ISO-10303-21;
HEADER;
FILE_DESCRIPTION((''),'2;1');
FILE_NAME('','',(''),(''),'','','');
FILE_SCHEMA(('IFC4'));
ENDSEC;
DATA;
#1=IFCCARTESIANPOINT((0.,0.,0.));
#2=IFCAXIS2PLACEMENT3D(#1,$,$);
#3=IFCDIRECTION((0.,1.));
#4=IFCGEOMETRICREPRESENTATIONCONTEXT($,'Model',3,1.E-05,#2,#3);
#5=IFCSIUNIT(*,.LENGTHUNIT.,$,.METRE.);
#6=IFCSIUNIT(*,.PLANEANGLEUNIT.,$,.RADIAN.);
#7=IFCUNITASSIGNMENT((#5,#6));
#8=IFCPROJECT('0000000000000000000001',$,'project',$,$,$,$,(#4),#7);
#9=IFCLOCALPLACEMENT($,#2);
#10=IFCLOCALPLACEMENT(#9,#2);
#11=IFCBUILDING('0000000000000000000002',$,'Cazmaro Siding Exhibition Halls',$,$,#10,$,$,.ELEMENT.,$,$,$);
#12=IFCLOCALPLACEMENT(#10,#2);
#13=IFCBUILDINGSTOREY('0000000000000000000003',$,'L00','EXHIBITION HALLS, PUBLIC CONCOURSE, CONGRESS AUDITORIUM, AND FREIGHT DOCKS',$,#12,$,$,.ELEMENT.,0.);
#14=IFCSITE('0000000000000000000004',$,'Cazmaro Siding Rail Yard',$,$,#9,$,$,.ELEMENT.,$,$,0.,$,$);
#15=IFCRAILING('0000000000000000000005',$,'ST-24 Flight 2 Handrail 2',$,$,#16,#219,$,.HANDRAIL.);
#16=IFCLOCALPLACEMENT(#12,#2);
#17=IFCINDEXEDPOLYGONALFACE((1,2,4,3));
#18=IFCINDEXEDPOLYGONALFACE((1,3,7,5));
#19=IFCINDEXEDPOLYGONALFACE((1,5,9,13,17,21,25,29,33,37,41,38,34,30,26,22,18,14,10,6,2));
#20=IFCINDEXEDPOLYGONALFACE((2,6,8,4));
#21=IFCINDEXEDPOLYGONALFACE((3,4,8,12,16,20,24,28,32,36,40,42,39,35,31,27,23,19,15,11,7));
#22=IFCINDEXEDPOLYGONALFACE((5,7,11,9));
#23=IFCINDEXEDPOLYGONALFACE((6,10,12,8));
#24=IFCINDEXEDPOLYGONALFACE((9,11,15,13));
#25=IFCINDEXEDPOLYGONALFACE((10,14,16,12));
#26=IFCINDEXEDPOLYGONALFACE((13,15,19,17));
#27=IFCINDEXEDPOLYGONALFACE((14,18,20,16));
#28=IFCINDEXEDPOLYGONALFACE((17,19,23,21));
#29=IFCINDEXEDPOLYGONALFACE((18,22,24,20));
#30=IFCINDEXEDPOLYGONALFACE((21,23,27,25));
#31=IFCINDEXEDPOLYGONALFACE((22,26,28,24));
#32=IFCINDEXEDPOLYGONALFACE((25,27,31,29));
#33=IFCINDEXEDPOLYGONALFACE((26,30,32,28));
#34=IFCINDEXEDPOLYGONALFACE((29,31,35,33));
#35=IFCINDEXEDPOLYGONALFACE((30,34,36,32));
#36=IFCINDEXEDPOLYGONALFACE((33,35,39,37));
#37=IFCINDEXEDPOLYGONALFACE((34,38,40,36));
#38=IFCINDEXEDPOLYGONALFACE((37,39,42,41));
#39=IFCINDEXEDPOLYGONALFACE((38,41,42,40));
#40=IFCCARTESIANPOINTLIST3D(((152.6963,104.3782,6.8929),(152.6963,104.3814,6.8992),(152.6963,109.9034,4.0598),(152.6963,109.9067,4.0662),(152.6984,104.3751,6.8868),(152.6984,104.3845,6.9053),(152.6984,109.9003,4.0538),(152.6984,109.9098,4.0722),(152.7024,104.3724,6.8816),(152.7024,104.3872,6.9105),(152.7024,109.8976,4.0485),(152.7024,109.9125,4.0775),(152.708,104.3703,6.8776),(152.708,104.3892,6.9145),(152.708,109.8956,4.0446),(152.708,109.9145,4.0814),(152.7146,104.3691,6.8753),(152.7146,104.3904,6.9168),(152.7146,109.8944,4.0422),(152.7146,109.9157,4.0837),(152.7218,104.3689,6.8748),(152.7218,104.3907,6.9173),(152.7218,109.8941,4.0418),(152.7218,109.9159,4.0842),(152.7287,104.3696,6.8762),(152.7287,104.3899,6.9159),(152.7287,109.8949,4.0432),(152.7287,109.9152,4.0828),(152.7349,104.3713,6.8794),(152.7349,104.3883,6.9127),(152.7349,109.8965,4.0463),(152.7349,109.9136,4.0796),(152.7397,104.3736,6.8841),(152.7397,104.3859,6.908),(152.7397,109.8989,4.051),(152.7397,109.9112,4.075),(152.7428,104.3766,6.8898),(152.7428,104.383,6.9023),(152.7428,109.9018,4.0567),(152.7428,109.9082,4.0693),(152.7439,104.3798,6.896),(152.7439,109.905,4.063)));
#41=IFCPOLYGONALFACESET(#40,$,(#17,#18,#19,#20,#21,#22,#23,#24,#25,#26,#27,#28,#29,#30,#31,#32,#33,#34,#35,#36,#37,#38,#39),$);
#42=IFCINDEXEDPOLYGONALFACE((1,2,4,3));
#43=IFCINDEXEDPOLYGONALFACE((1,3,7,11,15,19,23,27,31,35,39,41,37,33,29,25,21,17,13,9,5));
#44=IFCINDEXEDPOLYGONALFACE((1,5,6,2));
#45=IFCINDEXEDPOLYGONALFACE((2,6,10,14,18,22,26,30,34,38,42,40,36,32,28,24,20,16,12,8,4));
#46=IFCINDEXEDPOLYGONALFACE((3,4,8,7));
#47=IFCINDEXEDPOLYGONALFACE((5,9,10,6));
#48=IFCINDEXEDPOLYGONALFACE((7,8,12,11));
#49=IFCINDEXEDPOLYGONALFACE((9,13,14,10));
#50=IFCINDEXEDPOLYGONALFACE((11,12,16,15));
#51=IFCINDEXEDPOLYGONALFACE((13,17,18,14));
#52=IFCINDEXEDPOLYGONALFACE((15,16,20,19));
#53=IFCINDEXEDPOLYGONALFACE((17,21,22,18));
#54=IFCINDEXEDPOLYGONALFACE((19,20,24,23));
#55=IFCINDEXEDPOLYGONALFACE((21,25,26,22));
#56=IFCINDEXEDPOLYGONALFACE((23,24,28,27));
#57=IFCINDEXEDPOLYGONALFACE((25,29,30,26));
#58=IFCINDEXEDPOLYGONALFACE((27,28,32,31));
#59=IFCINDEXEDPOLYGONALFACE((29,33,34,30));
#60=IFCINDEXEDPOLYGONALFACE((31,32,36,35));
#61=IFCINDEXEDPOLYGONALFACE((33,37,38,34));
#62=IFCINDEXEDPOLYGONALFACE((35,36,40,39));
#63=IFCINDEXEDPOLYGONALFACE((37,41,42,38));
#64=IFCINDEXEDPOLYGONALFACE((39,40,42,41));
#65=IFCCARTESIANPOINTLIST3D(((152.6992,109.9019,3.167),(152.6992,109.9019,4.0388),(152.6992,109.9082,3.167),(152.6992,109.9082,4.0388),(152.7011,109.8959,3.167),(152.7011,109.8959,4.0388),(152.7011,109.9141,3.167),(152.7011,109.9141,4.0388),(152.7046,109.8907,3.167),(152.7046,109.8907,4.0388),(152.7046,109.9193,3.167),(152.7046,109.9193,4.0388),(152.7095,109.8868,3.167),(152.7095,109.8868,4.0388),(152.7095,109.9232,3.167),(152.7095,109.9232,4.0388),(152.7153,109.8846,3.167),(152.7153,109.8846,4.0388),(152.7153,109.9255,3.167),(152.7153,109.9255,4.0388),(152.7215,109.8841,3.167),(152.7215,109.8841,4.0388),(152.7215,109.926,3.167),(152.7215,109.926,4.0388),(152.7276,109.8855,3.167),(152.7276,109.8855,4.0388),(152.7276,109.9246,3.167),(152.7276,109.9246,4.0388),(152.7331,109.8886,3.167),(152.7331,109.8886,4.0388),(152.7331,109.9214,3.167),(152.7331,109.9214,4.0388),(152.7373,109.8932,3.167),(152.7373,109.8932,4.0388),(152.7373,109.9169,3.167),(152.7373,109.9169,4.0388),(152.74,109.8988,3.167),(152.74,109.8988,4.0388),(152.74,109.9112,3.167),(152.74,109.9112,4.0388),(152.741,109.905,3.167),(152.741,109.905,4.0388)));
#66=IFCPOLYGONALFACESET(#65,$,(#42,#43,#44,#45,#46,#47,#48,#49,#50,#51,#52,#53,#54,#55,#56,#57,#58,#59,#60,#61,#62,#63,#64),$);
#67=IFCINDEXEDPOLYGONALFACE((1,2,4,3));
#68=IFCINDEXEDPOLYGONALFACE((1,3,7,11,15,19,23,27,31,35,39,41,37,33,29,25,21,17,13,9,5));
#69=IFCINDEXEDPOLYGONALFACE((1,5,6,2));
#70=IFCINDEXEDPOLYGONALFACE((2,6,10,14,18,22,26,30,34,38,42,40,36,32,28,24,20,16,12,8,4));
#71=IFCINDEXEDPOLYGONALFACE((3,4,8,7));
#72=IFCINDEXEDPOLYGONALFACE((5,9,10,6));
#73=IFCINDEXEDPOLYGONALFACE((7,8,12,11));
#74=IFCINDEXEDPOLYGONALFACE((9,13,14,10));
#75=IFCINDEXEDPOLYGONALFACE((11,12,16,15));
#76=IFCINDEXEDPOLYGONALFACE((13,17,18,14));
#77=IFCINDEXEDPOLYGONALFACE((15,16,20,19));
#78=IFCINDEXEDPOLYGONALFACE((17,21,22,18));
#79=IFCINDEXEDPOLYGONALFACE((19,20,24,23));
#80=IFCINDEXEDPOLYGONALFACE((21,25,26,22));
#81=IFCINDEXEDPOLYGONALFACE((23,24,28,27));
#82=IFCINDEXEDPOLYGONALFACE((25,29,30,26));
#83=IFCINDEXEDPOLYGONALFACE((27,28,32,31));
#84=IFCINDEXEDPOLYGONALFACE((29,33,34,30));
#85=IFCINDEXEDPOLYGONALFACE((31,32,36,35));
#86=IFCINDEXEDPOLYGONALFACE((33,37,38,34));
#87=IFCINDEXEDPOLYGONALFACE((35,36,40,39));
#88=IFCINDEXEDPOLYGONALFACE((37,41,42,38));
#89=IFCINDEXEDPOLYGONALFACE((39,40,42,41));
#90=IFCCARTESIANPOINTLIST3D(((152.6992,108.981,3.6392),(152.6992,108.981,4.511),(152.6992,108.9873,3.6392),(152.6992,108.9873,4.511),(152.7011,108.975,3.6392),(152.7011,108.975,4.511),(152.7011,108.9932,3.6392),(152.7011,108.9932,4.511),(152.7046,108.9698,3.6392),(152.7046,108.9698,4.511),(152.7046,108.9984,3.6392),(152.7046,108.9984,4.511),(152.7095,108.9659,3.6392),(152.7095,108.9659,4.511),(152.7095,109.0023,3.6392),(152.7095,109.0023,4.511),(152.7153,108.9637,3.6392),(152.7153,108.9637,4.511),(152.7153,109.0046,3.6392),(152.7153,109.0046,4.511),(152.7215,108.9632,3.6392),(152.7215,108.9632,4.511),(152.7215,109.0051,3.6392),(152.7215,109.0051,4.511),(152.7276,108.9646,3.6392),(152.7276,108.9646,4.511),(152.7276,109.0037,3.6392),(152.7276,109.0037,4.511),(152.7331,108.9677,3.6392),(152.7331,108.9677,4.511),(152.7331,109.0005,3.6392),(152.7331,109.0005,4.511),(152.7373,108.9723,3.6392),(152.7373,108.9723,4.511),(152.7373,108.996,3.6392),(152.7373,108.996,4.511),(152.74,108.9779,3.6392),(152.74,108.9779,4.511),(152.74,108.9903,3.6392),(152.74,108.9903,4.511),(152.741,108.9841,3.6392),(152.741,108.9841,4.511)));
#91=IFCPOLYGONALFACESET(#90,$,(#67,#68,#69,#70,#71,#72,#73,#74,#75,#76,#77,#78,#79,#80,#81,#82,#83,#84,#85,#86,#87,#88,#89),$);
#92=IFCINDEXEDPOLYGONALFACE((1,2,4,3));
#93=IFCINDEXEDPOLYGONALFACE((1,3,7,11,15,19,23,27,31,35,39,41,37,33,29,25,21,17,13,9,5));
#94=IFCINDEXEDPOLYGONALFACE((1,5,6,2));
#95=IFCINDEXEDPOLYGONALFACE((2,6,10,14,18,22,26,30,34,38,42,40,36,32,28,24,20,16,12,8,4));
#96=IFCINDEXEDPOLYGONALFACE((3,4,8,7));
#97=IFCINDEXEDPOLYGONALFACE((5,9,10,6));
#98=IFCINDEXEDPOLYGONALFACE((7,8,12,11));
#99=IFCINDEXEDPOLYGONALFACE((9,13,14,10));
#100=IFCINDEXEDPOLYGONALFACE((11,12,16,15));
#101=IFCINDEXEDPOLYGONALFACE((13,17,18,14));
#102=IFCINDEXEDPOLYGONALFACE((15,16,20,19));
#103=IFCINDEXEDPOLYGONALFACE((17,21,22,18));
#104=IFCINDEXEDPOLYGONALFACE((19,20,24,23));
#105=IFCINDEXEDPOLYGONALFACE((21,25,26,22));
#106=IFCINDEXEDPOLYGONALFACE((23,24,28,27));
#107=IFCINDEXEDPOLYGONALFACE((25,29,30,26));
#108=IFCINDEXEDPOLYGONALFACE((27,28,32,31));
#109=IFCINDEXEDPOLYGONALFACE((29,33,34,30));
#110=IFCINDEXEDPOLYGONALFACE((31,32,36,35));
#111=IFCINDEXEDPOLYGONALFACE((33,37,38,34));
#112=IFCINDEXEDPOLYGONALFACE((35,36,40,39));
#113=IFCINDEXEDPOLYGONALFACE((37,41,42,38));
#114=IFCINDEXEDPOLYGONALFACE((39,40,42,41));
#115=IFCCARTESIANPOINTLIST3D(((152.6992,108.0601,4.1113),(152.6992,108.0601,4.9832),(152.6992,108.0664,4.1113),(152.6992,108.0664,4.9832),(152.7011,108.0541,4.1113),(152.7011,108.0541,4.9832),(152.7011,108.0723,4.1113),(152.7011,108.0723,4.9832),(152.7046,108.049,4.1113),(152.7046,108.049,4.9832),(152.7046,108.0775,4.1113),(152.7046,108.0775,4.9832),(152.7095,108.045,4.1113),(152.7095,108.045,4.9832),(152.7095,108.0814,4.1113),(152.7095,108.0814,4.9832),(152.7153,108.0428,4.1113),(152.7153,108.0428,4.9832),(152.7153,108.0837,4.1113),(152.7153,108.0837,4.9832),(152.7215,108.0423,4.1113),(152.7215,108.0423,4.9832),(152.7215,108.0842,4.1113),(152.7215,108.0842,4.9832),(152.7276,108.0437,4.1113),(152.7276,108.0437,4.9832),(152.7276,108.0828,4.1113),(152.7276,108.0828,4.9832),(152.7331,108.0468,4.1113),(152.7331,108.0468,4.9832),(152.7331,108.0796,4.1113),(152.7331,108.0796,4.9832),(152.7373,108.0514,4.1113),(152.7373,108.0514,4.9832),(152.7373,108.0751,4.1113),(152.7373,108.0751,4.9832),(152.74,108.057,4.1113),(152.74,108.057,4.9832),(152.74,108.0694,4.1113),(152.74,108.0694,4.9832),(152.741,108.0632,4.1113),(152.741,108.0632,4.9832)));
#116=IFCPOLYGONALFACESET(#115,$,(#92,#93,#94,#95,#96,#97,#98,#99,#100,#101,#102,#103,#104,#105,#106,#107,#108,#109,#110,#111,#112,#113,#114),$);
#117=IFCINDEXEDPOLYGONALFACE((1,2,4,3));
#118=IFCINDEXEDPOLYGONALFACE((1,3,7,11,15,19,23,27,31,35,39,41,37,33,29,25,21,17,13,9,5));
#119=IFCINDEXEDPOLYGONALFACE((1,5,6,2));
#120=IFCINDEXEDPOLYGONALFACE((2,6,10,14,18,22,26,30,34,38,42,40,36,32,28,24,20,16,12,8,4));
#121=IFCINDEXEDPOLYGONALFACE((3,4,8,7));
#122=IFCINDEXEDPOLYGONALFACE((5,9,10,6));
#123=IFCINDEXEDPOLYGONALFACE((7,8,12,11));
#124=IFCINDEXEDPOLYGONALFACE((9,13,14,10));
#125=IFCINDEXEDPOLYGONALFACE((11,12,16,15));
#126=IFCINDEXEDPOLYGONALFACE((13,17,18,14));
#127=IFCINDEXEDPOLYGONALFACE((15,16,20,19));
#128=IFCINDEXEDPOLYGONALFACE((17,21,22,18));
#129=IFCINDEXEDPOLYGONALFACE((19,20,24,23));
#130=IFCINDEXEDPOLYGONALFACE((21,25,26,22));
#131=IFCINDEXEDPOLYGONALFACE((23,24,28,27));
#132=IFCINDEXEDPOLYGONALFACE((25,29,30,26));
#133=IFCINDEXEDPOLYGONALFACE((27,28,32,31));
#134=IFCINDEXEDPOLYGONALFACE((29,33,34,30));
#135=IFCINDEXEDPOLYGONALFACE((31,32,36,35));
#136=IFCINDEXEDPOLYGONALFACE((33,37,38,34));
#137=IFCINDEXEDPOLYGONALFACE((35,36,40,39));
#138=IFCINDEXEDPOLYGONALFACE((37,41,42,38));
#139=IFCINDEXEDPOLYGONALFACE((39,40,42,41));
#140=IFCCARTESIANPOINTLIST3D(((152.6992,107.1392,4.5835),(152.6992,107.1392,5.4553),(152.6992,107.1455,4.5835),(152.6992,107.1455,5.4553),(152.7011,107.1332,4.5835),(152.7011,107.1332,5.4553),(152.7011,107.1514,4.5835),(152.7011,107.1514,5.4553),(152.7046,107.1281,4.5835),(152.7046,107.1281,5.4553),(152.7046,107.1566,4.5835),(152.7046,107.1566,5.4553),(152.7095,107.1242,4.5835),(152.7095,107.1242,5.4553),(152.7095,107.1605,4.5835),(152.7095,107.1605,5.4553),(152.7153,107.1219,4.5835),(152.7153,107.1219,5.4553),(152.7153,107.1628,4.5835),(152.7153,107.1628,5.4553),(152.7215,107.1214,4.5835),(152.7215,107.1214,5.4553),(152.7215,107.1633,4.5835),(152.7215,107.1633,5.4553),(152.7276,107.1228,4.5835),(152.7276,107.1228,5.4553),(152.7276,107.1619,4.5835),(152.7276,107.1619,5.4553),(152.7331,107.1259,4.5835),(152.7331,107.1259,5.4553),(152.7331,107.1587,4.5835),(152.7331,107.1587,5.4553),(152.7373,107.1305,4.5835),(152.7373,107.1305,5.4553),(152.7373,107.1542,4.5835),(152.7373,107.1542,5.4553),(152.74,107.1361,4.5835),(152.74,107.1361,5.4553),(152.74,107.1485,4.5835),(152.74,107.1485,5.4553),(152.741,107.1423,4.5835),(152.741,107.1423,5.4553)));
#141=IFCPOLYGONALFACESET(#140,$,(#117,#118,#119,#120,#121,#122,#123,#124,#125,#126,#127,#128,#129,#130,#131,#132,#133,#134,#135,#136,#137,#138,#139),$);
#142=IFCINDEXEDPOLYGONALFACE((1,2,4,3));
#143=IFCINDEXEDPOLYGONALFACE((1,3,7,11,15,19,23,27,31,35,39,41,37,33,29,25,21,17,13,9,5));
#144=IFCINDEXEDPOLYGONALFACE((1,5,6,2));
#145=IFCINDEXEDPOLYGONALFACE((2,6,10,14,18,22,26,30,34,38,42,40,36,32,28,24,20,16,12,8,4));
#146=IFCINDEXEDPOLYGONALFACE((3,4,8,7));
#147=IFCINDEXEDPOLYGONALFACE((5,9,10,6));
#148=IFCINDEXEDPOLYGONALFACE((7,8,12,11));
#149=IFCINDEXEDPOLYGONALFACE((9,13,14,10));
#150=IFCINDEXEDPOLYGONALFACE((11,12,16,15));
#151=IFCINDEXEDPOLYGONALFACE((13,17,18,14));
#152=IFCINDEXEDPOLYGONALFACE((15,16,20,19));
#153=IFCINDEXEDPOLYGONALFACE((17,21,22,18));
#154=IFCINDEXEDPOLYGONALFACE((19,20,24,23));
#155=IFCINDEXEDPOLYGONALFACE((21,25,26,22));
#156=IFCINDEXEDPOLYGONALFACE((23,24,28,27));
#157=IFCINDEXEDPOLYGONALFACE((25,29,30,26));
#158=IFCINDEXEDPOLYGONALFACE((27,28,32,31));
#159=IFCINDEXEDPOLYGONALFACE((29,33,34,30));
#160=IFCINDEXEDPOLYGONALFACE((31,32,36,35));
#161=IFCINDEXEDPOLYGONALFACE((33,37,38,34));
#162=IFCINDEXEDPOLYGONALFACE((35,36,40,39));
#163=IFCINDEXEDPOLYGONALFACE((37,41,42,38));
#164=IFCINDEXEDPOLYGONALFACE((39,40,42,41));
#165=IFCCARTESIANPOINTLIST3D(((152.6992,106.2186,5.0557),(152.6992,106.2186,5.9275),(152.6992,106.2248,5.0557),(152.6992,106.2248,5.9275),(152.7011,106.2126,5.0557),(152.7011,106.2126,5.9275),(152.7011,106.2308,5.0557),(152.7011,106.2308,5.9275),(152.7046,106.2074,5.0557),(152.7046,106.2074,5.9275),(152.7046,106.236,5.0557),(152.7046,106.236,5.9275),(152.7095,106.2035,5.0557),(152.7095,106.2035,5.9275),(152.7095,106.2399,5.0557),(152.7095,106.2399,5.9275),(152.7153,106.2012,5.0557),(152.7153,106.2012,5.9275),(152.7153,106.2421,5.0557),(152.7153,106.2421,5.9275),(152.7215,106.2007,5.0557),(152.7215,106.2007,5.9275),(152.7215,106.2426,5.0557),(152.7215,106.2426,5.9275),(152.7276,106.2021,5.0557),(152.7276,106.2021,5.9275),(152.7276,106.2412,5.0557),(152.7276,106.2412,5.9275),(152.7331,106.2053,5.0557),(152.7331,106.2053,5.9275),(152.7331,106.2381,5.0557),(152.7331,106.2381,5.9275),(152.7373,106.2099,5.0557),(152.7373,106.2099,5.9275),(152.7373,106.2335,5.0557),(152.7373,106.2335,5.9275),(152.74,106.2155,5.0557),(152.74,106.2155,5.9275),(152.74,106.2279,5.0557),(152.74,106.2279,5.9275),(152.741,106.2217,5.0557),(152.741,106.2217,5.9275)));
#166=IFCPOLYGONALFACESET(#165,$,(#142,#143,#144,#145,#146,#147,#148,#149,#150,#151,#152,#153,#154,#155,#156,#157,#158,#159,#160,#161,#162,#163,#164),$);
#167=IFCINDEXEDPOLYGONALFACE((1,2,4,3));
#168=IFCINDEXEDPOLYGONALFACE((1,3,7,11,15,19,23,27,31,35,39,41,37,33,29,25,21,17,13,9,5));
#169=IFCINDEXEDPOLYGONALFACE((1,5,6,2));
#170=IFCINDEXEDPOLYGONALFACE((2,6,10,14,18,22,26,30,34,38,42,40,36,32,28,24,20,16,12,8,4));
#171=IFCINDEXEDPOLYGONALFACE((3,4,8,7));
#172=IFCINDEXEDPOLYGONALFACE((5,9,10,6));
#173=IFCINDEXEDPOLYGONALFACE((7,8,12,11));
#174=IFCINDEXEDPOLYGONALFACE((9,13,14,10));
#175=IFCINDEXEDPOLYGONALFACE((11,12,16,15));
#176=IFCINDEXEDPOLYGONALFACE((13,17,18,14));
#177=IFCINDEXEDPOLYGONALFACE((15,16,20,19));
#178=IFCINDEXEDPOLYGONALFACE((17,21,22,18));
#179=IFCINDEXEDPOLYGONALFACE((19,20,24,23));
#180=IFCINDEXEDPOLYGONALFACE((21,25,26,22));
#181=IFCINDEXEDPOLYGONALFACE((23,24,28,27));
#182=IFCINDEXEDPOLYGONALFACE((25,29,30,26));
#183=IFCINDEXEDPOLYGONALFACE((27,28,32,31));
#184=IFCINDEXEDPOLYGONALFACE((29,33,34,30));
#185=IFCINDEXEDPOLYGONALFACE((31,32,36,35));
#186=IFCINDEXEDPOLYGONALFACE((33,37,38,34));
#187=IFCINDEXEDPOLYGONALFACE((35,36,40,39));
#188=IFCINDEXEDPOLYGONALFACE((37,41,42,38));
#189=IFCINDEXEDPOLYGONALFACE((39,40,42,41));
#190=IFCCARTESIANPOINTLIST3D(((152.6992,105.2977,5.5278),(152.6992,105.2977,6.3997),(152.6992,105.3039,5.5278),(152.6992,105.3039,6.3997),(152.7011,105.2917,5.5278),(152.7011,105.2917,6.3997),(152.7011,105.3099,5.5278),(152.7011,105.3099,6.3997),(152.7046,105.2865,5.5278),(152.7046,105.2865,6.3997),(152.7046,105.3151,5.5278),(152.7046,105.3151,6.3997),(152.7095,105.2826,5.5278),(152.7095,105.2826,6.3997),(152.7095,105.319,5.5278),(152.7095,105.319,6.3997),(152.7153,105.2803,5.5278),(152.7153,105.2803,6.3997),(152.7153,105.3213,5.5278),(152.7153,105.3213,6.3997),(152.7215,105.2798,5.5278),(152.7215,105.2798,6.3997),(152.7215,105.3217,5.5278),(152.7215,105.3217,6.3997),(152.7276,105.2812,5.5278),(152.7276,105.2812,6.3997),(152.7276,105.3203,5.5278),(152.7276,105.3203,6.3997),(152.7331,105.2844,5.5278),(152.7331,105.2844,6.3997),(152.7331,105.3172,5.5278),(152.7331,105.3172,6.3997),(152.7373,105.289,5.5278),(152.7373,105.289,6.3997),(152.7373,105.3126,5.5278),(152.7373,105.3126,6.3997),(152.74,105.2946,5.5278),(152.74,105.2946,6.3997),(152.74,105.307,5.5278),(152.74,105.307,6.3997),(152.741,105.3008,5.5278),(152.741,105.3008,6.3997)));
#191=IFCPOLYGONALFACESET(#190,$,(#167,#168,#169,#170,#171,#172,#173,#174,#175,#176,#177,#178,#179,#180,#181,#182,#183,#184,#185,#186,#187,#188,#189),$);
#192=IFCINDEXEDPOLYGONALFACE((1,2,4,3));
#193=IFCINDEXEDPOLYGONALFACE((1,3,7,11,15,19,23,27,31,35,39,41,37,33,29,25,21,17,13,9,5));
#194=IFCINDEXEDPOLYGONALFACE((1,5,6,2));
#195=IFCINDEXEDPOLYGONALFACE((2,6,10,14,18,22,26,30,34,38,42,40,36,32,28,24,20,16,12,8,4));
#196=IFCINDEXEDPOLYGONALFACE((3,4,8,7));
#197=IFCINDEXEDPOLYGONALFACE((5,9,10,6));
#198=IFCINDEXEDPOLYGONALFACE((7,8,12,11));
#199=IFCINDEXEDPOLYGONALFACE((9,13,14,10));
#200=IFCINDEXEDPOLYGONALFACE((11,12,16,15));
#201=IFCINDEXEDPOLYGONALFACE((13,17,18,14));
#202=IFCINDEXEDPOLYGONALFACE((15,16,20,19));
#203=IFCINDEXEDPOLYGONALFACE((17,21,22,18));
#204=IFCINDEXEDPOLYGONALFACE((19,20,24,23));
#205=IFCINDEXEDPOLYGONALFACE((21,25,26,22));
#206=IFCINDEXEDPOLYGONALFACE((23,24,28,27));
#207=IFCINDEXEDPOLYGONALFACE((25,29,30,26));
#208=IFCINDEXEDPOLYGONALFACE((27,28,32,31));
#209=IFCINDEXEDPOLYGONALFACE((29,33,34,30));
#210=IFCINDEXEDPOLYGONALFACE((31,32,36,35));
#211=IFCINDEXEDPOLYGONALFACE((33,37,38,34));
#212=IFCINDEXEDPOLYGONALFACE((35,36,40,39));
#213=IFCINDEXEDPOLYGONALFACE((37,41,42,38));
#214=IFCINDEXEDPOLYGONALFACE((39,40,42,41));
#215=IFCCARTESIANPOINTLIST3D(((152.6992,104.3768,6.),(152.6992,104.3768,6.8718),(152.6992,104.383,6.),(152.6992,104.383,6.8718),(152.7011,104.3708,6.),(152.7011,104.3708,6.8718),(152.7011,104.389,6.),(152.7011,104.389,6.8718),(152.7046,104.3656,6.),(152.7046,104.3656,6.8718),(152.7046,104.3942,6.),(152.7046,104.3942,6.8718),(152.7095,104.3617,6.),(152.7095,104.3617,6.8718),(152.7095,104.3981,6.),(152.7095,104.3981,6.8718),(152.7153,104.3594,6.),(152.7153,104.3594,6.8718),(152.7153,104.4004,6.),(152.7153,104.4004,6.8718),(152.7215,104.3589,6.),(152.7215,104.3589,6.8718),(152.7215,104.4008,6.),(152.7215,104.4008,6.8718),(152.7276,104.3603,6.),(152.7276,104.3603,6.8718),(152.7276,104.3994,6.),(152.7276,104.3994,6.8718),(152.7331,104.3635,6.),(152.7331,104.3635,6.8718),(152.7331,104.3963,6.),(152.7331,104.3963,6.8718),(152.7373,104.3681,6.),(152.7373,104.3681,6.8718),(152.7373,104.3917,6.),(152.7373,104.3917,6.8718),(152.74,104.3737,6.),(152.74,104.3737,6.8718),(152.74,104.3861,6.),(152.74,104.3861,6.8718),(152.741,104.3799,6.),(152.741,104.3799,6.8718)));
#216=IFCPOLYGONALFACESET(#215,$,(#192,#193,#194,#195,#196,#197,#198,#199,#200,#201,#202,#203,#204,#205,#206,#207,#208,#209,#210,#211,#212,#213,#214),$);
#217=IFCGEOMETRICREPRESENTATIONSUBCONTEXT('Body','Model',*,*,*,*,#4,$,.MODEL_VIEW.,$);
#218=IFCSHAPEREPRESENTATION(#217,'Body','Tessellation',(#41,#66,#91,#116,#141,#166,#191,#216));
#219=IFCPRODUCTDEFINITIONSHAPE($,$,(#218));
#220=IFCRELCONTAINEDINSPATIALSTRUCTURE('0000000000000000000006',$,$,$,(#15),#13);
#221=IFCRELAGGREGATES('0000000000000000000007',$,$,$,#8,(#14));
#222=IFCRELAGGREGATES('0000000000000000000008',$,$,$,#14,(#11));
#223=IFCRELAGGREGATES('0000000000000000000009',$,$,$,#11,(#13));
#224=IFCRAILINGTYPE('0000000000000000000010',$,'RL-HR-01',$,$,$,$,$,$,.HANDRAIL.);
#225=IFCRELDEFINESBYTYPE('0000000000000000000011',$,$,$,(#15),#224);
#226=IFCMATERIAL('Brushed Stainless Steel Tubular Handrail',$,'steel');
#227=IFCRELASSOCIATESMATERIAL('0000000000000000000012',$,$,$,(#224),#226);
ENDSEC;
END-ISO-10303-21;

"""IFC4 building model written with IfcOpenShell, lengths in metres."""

from ifc_helpers import new_model, si_unit, direction, frame, origin, origin_2d, place, context, subcontext, project, spatial, circle, extrude, material, type_object, element, save


model = new_model("IFC4")

# Units and contexts
model_context = context("Model", 3, precision=1e-05, world=origin(), true_north=direction((0.0, 1.0)))
body_context = subcontext(model_context, "Body", "Model", "MODEL_VIEW")
ifc_project = project(units=[si_unit("LENGTHUNIT", "METRE"), si_unit("PLANEANGLEUNIT", "RADIAN")], contexts=[model_context])

# Site, building, storey
site_placement = place(None, origin())
site = spatial("IfcSite", under=ifc_project, at=site_placement, Name="Cazmaro Siding Rail Yard", CompositionType="ELEMENT", RefElevation=0.0)
building_placement = place(site_placement, origin())
building = spatial("IfcBuilding", under=site, at=building_placement, Name="Cazmaro Siding Exhibition Halls", CompositionType="ELEMENT")
storey_placement = place(building_placement, origin())
storey = spatial("IfcBuildingStorey", under=building, at=storey_placement, Name="L00", Description="EXHIBITION HALLS, PUBLIC CONCOURSE, CONGRESS AUDITORIUM, AND FREIGHT DOCKS", CompositionType="ELEMENT", Elevation=0.0)

# Railing
ifc_material_1 = material(Name="Brushed Stainless Steel Tubular Handrail", Category="steel")
railing_type_1 = type_object("IfcRailingType", Name="RL-HR-01", PredefinedType="HANDRAIL", material=ifc_material_1)
railing_1_placement = place(storey_placement, frame((152.72, 109.905, 3.167)))
element("IfcRailing", 1, at=railing_1_placement, inside=storey, type_object=railing_type_1, Name="ST-24 Flight 2 Handrail 2", PredefinedType="HANDRAIL", context=body_context, shape_type="SweptSolid", body=[
    extrude(circle(Radius=0.0239, at=origin_2d()), frame((0.0, 0.0, 0.896), z_axis=(0.0, -0.889844, 0.456266), x_axis=(1.0, 0.0, 0.0)), (0.0, 0.0, 1.0), 6.2092),
    extrude(circle(Radius=0.021, at=origin_2d()), origin(), (0.0, 0.0, 1.0), 0.8718),
    extrude(circle(Radius=0.021, at=origin_2d()), frame((0.0, -0.9209, 0.4722)), (0.0, 0.0, 1.0), 0.8718),
    extrude(circle(Radius=0.021, at=origin_2d()), frame((0.0, -1.8418, 0.9443)), (0.0, 0.0, 1.0), 0.8718),
    extrude(circle(Radius=0.021, at=origin_2d()), frame((0.0, -2.7627, 1.4165)), (0.0, 0.0, 1.0), 0.8718),
    extrude(circle(Radius=0.021, at=origin_2d()), frame((0.0, -3.6833, 1.8887)), (0.0, 0.0, 1.0), 0.8718),
    extrude(circle(Radius=0.021, at=origin_2d()), frame((0.0, -4.6042, 2.3608)), (0.0, 0.0, 1.0), 0.8718),
    extrude(circle(Radius=0.021, at=origin_2d()), frame((0.0, -5.5251, 2.833)), (0.0, 0.0, 1.0), 0.8718),
])

save(model, "model.ifc")
